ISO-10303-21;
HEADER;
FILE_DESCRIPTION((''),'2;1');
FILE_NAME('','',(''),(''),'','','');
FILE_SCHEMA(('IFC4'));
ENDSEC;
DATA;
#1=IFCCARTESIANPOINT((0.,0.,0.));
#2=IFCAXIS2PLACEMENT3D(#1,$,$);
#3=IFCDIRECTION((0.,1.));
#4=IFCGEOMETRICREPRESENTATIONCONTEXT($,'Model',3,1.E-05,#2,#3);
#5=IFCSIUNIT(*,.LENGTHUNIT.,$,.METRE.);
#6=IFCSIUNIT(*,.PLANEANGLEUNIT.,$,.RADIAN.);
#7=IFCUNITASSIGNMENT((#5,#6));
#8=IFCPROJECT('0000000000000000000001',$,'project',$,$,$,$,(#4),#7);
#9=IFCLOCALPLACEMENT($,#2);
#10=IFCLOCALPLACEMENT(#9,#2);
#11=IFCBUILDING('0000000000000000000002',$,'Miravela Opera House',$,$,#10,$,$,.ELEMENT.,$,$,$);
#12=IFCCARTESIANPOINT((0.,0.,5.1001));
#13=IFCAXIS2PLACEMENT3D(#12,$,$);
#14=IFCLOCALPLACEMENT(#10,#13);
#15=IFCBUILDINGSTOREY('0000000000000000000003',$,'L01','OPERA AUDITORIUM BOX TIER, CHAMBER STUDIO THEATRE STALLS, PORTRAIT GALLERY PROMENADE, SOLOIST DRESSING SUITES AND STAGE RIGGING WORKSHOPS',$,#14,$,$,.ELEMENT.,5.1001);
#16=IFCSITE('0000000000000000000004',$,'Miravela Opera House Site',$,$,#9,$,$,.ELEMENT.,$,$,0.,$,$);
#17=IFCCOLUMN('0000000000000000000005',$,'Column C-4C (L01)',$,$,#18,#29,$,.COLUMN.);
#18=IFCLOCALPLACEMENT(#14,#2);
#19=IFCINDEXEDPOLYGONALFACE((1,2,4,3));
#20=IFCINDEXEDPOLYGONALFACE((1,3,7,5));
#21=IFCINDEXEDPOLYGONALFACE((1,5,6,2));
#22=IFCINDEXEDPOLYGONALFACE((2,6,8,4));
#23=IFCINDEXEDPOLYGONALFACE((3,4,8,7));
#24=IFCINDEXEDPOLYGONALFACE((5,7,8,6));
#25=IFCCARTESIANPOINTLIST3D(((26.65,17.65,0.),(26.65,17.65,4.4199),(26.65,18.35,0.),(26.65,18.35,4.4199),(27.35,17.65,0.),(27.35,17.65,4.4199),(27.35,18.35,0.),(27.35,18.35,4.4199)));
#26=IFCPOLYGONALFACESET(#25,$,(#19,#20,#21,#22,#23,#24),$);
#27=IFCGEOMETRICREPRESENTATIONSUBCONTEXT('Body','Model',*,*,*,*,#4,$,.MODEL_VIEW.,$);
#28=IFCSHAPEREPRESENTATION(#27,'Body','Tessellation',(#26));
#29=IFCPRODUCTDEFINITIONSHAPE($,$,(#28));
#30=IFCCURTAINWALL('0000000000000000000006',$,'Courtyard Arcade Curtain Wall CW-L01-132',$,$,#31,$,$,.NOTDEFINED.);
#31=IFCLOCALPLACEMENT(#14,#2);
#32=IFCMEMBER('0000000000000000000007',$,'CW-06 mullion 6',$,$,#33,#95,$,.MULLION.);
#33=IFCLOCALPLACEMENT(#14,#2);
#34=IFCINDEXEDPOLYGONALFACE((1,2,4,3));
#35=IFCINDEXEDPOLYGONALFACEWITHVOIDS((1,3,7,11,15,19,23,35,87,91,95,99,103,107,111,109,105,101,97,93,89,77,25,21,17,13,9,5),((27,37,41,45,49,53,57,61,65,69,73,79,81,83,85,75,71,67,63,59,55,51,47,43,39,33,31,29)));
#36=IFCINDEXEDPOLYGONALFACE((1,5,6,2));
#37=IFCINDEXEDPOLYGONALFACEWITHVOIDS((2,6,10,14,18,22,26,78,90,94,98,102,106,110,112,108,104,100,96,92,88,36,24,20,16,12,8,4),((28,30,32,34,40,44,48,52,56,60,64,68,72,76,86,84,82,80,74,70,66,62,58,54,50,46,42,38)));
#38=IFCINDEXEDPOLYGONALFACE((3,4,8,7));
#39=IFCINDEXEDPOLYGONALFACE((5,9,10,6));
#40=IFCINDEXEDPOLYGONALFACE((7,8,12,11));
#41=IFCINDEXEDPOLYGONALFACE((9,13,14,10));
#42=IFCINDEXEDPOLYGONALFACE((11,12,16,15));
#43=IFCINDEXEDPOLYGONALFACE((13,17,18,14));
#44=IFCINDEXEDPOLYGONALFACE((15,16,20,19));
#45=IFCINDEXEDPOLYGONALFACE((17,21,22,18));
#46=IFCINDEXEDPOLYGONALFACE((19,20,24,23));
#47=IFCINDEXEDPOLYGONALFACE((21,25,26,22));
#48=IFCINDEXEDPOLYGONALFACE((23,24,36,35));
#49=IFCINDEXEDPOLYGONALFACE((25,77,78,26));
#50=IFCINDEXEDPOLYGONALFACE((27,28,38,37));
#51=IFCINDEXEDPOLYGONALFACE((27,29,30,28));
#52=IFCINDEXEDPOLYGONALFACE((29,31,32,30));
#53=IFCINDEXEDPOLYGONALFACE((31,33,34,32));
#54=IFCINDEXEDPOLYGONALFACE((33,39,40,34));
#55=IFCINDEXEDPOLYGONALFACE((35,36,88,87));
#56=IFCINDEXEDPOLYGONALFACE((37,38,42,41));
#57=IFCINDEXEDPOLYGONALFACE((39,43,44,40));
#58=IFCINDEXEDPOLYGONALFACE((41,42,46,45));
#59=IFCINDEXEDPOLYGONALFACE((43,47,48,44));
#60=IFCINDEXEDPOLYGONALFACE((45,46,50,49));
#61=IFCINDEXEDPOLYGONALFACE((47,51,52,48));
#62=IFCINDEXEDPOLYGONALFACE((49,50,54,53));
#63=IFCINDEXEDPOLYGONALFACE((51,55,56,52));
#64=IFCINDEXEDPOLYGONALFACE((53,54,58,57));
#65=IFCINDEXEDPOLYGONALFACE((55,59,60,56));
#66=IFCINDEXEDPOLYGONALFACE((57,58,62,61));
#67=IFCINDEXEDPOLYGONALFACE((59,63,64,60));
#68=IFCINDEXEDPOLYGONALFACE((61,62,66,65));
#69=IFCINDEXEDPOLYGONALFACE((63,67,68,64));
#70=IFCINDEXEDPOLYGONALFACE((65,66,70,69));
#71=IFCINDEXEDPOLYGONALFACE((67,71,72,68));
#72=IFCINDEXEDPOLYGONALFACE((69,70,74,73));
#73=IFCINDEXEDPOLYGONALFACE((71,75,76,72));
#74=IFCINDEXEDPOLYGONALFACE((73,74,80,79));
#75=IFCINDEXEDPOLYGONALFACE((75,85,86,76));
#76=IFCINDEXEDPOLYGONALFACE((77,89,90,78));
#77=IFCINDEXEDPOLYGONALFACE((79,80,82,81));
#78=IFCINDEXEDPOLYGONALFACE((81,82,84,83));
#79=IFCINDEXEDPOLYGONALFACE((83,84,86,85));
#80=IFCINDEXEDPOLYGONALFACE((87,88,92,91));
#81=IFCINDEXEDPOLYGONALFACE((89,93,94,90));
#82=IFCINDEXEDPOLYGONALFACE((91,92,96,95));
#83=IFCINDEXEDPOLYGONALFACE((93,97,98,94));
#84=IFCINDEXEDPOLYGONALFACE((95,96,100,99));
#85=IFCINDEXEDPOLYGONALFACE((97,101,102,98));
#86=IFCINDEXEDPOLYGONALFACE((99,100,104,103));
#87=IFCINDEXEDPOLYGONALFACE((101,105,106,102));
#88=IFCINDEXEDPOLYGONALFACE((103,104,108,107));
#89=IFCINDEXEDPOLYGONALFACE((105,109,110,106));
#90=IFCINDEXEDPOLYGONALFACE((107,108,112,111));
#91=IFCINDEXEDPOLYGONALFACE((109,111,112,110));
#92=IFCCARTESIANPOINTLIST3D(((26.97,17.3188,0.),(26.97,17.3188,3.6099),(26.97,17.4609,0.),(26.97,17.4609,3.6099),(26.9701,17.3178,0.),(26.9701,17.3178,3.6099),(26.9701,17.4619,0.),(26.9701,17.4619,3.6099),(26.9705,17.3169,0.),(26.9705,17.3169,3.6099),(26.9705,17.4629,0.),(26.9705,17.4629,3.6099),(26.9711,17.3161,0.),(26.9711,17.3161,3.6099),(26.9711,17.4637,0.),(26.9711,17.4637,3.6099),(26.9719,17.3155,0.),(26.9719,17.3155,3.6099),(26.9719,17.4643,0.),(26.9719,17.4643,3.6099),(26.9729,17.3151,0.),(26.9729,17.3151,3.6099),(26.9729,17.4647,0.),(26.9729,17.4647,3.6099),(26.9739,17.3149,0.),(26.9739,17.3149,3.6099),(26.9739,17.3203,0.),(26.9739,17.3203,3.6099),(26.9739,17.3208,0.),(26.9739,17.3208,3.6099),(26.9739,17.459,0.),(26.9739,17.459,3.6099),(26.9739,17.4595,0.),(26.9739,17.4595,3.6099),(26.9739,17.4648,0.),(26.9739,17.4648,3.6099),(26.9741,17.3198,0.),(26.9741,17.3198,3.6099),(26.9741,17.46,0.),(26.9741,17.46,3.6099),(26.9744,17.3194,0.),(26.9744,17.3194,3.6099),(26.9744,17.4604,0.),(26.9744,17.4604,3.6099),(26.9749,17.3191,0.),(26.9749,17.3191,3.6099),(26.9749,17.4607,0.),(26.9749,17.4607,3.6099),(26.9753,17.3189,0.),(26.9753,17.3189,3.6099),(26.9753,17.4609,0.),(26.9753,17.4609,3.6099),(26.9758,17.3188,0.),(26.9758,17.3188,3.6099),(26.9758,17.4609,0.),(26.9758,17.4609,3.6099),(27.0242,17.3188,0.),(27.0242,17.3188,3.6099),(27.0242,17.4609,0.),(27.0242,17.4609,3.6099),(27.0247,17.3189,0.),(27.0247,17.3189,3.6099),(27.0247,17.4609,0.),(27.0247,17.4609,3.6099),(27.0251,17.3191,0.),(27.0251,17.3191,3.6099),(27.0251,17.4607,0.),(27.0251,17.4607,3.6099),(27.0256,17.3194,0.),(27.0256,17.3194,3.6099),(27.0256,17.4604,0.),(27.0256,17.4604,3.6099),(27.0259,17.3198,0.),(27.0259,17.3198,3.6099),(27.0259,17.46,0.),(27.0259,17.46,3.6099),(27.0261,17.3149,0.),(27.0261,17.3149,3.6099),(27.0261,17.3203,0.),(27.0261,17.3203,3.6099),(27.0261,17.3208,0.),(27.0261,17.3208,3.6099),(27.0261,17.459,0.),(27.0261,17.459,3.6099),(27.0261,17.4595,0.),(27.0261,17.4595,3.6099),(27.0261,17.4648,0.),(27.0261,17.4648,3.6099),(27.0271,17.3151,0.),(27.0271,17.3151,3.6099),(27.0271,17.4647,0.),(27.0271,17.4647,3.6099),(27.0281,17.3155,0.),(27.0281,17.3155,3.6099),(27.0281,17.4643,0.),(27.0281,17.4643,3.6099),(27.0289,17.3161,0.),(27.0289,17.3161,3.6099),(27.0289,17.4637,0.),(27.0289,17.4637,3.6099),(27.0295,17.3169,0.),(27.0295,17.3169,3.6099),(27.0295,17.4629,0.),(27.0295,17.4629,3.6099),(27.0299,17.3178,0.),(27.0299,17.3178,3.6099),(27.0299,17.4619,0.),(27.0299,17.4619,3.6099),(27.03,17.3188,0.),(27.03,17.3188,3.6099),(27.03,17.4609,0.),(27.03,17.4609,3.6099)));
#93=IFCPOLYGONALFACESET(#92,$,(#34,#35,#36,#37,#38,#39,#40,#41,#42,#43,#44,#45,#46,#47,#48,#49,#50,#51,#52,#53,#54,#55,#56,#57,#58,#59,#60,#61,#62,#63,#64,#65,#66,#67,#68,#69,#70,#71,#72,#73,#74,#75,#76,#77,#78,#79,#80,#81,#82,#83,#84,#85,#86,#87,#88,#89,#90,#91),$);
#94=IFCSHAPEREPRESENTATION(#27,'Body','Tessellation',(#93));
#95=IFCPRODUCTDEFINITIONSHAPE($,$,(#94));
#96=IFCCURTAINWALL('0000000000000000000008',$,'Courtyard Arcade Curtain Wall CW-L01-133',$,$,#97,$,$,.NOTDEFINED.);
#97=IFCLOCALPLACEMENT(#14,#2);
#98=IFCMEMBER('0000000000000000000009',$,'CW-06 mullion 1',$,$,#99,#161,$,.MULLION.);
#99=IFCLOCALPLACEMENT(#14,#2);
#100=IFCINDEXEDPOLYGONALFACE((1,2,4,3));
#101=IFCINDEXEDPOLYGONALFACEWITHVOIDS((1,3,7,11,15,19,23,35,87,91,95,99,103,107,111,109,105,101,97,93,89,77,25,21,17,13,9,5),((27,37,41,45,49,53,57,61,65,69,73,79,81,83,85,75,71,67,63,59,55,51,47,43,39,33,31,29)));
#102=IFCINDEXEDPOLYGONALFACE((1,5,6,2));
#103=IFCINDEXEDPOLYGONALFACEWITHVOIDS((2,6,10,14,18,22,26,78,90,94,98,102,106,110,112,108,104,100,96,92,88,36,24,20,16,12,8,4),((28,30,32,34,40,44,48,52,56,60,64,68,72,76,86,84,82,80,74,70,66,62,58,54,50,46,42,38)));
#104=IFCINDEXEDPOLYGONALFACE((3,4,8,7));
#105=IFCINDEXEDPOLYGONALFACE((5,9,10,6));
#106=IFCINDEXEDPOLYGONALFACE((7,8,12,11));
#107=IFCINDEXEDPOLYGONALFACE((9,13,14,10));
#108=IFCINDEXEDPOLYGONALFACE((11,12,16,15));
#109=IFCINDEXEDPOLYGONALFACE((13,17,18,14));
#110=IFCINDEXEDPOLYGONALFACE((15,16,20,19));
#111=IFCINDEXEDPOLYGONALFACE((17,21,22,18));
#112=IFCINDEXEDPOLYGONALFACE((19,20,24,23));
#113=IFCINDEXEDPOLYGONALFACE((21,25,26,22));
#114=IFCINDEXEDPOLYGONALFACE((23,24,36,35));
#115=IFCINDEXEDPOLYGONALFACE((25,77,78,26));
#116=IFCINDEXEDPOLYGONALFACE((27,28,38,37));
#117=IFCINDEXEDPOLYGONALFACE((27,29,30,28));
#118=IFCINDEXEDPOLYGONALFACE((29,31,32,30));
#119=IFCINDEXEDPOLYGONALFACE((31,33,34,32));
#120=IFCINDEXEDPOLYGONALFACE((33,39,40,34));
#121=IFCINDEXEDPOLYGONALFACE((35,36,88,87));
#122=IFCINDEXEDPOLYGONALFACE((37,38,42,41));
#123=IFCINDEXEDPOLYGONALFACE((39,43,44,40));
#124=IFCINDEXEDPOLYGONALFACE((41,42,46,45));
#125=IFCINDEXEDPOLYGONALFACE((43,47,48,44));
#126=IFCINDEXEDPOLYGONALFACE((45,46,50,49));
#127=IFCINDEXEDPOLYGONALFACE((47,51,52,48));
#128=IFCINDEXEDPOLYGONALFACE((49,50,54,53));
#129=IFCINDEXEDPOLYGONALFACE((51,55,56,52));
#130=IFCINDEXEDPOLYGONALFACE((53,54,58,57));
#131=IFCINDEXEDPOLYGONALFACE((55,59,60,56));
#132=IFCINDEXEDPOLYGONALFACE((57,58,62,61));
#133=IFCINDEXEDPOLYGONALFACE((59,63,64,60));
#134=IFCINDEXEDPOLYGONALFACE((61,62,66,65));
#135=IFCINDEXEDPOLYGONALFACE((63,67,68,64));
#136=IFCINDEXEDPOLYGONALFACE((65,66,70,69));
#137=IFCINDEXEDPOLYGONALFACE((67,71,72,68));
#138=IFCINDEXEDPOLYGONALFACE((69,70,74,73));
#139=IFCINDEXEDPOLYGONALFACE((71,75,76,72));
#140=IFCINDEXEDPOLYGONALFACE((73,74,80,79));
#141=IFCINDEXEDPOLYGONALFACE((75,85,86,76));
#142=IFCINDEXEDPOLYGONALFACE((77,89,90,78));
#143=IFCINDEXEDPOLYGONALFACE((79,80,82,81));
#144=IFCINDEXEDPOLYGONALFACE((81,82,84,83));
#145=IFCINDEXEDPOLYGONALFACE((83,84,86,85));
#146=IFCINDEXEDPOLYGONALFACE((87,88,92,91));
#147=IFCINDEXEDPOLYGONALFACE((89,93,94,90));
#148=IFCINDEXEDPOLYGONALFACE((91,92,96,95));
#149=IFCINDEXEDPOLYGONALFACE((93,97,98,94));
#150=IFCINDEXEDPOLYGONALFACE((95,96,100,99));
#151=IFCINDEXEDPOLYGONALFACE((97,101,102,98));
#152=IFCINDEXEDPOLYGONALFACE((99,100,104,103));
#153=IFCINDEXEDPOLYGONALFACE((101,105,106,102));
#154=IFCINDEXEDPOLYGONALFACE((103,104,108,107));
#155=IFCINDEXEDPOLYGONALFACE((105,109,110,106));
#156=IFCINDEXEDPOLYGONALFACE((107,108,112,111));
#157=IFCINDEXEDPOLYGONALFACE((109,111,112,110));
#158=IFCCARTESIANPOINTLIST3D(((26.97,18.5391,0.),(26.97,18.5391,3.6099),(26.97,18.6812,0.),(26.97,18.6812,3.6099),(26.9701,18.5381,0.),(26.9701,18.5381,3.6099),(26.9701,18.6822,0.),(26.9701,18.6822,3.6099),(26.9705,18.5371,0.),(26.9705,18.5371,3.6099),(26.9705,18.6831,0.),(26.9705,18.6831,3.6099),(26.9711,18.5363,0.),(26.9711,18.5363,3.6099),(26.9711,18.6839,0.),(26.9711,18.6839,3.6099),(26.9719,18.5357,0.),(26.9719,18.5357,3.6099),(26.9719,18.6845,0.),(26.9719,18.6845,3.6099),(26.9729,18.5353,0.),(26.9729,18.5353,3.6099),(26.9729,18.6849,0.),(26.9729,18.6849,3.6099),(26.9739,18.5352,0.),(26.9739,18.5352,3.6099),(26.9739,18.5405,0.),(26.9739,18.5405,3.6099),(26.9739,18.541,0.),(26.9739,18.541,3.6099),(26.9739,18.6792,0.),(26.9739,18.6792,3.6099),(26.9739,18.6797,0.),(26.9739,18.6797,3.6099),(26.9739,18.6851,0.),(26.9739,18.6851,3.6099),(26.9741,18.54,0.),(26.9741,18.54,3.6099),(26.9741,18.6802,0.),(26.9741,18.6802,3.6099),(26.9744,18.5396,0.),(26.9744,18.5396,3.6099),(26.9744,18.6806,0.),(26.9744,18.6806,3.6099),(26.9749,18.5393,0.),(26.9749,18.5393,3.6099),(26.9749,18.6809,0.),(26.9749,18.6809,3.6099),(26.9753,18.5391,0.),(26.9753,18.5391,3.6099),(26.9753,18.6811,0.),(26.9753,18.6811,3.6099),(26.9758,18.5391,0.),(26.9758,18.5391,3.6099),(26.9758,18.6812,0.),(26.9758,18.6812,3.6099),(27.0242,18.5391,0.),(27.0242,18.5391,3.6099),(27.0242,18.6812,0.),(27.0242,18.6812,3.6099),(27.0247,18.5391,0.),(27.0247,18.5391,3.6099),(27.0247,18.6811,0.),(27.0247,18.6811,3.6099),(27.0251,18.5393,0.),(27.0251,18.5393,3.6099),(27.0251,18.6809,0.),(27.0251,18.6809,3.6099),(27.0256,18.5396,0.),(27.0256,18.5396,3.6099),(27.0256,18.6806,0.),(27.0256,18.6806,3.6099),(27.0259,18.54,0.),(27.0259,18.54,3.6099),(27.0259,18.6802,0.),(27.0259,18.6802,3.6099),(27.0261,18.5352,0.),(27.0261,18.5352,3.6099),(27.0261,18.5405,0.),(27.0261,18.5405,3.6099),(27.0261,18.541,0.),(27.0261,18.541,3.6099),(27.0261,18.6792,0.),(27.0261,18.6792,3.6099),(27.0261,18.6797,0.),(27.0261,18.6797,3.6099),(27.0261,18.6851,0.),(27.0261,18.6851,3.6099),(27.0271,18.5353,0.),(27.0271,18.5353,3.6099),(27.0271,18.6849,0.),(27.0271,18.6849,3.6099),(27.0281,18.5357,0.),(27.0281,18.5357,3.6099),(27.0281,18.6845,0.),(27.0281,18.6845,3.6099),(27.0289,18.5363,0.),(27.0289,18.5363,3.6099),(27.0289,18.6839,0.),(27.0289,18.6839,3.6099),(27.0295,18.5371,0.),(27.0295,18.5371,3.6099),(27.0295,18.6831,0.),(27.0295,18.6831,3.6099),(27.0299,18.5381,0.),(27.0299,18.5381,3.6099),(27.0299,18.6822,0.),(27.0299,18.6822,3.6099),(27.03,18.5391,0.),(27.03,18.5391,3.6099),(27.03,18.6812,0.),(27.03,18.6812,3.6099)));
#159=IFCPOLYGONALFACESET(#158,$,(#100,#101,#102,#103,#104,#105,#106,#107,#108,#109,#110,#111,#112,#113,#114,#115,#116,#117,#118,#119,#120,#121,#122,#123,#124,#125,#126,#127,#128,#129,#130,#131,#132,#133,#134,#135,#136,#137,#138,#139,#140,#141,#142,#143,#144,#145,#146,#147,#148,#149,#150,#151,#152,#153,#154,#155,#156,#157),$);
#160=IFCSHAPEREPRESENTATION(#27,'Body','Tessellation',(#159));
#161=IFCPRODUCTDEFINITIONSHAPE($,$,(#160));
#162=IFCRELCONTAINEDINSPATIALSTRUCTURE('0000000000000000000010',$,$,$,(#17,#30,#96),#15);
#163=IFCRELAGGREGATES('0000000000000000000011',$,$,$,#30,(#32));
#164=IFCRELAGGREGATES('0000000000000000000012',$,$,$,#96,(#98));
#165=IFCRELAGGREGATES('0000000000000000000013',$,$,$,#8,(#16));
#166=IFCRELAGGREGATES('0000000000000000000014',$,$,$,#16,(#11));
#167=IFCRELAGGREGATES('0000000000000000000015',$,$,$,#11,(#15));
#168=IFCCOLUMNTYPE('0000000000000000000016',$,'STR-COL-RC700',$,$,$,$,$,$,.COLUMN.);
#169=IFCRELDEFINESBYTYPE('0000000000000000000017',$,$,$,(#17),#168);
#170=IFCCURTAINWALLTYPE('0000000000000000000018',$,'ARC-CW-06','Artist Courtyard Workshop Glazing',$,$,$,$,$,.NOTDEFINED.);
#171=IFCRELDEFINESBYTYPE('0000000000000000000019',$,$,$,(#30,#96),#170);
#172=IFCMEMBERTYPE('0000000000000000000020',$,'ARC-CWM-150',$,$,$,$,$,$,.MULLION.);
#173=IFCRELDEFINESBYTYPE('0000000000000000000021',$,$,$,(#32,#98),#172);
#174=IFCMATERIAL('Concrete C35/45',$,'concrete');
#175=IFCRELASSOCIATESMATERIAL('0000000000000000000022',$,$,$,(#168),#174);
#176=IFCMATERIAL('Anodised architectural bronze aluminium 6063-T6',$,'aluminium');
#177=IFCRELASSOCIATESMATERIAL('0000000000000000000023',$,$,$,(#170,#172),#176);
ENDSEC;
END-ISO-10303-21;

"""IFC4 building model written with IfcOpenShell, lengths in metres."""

from ifc_helpers import new_model, si_unit, direction, frame, origin, origin_2d, place, context, subcontext, project, spatial, rectangle, hollow_rectangle, extrude, material, material_profile, profile_set, type_object, element, aggregate, save


model = new_model("IFC4")

# Units and contexts
model_context = context("Model", 3, precision=1e-05, world=origin(), true_north=direction((0.0, 1.0)))
body_context = subcontext(model_context, "Body", "Model", "MODEL_VIEW")
ifc_project = project(units=[si_unit("LENGTHUNIT", "METRE"), si_unit("PLANEANGLEUNIT", "RADIAN")], contexts=[model_context])

# Site, building, storey
site_placement = place(None, origin())
site = spatial("IfcSite", under=ifc_project, at=site_placement, Name="Miravela Opera House Site", CompositionType="ELEMENT", RefElevation=0.0)
building_placement = place(site_placement, origin())
building = spatial("IfcBuilding", under=site, at=building_placement, Name="Miravela Opera House", CompositionType="ELEMENT")
storey_placement = place(building_placement, frame((0.0, 0.0, 5.1001)))
storey = spatial("IfcBuildingStorey", under=building, at=storey_placement, Name="L01", Description="OPERA AUDITORIUM BOX TIER, CHAMBER STUDIO THEATRE STALLS, PORTRAIT GALLERY PROMENADE, SOLOIST DRESSING SUITES AND STAGE RIGGING WORKSHOPS", CompositionType="ELEMENT", Elevation=5.1001)

# Column
ifc_material_1 = material(Name="Concrete C35/45", Category="concrete")
ifc_material_profile_1 = material_profile(ifc_material_1, rectangle(XDim=0.7, YDim=0.7, at=origin_2d()), Name="RC-COL-700X700")
ifc_profile_set_1 = profile_set([ifc_material_profile_1])
column_type = type_object("IfcColumnType", Name="STR-COL-RC700", PredefinedType="COLUMN", material=ifc_profile_set_1)
column_placement = place(storey_placement, frame((27.0, 18.0, 0.0), z_axis=(0.0, 0.0, 1.0), x_axis=(1.0, 0.0, 0.0)))
element("IfcColumn", 1, at=column_placement, inside=storey, type_object=column_type, Name="Column C-4C (L01)", PredefinedType="COLUMN", context=body_context, shape_type="SweptSolid", body=[
    extrude(rectangle(XDim=0.7, YDim=0.7, at=origin_2d()), origin(), (0.0, 0.0, 1.0), 4.4199),
])

# Curtain wall, member
ifc_material_2 = material(Name="Anodised architectural bronze aluminium 6063-T6", Category="aluminium")
curtain_wall_type = type_object("IfcCurtainWallType", Name="ARC-CW-06", Description="Artist Courtyard Workshop Glazing", PredefinedType="NOTDEFINED", material=ifc_material_2)
curtain_wall_1_placement = place(storey_placement, origin())
curtain_wall_1 = element("IfcCurtainWall", 2, at=curtain_wall_1_placement, inside=storey, type_object=curtain_wall_type, Name="Courtyard Arcade Curtain Wall CW-L01-132", PredefinedType="NOTDEFINED")
ifc_material_profile_2 = material_profile(ifc_material_2, hollow_rectangle(XDim=0.0601, YDim=0.1499, WallThickness=0.0039, InnerFilletRadius=0.002, OuterFilletRadius=0.0039, at=origin_2d()), Name="CWM-60X150")
ifc_profile_set_2 = profile_set([ifc_material_profile_2])
member_type_1 = type_object("IfcMemberType", Name="ARC-CWM-150", PredefinedType="MULLION", material=ifc_profile_set_2)
member_1_placement = place(storey_placement, frame((27.0, 17.3899, 0.0), z_axis=(0.0, 0.0, 1.0), x_axis=(-1.0, 0.0, 0.0)))
member_1 = element("IfcMember", 3, at=member_1_placement, type_object=member_type_1, Name="CW-06 mullion 6", PredefinedType="MULLION", context=body_context, shape_type="SweptSolid", body=[
    extrude(hollow_rectangle(XDim=0.0601, YDim=0.1499, WallThickness=0.0039, InnerFilletRadius=0.002, OuterFilletRadius=0.0039, at=origin_2d()), origin(), (0.0, 0.0, 1.0), 3.6099),
])

# Curtain wall, member
curtain_wall_2_placement = place(storey_placement, origin())
curtain_wall_2 = element("IfcCurtainWall", 4, at=curtain_wall_2_placement, inside=storey, type_object=curtain_wall_type, Name="Courtyard Arcade Curtain Wall CW-L01-133", PredefinedType="NOTDEFINED")
member_2_placement = place(storey_placement, frame((27.0, 18.6101, 0.0), z_axis=(0.0, 0.0, 1.0), x_axis=(-1.0, 0.0, 0.0)))
member_2 = element("IfcMember", 5, at=member_2_placement, type_object=member_type_1, Name="CW-06 mullion 1", PredefinedType="MULLION", context=body_context, shape_type="SweptSolid", body=[
    extrude(hollow_rectangle(XDim=0.0601, YDim=0.1499, WallThickness=0.0039, InnerFilletRadius=0.002, OuterFilletRadius=0.0039, at=origin_2d()), origin(), (0.0, 0.0, 1.0), 3.6099),
])

aggregate(curtain_wall_1, [member_1])
aggregate(curtain_wall_2, [member_2])

save(model, "model.ifc")
